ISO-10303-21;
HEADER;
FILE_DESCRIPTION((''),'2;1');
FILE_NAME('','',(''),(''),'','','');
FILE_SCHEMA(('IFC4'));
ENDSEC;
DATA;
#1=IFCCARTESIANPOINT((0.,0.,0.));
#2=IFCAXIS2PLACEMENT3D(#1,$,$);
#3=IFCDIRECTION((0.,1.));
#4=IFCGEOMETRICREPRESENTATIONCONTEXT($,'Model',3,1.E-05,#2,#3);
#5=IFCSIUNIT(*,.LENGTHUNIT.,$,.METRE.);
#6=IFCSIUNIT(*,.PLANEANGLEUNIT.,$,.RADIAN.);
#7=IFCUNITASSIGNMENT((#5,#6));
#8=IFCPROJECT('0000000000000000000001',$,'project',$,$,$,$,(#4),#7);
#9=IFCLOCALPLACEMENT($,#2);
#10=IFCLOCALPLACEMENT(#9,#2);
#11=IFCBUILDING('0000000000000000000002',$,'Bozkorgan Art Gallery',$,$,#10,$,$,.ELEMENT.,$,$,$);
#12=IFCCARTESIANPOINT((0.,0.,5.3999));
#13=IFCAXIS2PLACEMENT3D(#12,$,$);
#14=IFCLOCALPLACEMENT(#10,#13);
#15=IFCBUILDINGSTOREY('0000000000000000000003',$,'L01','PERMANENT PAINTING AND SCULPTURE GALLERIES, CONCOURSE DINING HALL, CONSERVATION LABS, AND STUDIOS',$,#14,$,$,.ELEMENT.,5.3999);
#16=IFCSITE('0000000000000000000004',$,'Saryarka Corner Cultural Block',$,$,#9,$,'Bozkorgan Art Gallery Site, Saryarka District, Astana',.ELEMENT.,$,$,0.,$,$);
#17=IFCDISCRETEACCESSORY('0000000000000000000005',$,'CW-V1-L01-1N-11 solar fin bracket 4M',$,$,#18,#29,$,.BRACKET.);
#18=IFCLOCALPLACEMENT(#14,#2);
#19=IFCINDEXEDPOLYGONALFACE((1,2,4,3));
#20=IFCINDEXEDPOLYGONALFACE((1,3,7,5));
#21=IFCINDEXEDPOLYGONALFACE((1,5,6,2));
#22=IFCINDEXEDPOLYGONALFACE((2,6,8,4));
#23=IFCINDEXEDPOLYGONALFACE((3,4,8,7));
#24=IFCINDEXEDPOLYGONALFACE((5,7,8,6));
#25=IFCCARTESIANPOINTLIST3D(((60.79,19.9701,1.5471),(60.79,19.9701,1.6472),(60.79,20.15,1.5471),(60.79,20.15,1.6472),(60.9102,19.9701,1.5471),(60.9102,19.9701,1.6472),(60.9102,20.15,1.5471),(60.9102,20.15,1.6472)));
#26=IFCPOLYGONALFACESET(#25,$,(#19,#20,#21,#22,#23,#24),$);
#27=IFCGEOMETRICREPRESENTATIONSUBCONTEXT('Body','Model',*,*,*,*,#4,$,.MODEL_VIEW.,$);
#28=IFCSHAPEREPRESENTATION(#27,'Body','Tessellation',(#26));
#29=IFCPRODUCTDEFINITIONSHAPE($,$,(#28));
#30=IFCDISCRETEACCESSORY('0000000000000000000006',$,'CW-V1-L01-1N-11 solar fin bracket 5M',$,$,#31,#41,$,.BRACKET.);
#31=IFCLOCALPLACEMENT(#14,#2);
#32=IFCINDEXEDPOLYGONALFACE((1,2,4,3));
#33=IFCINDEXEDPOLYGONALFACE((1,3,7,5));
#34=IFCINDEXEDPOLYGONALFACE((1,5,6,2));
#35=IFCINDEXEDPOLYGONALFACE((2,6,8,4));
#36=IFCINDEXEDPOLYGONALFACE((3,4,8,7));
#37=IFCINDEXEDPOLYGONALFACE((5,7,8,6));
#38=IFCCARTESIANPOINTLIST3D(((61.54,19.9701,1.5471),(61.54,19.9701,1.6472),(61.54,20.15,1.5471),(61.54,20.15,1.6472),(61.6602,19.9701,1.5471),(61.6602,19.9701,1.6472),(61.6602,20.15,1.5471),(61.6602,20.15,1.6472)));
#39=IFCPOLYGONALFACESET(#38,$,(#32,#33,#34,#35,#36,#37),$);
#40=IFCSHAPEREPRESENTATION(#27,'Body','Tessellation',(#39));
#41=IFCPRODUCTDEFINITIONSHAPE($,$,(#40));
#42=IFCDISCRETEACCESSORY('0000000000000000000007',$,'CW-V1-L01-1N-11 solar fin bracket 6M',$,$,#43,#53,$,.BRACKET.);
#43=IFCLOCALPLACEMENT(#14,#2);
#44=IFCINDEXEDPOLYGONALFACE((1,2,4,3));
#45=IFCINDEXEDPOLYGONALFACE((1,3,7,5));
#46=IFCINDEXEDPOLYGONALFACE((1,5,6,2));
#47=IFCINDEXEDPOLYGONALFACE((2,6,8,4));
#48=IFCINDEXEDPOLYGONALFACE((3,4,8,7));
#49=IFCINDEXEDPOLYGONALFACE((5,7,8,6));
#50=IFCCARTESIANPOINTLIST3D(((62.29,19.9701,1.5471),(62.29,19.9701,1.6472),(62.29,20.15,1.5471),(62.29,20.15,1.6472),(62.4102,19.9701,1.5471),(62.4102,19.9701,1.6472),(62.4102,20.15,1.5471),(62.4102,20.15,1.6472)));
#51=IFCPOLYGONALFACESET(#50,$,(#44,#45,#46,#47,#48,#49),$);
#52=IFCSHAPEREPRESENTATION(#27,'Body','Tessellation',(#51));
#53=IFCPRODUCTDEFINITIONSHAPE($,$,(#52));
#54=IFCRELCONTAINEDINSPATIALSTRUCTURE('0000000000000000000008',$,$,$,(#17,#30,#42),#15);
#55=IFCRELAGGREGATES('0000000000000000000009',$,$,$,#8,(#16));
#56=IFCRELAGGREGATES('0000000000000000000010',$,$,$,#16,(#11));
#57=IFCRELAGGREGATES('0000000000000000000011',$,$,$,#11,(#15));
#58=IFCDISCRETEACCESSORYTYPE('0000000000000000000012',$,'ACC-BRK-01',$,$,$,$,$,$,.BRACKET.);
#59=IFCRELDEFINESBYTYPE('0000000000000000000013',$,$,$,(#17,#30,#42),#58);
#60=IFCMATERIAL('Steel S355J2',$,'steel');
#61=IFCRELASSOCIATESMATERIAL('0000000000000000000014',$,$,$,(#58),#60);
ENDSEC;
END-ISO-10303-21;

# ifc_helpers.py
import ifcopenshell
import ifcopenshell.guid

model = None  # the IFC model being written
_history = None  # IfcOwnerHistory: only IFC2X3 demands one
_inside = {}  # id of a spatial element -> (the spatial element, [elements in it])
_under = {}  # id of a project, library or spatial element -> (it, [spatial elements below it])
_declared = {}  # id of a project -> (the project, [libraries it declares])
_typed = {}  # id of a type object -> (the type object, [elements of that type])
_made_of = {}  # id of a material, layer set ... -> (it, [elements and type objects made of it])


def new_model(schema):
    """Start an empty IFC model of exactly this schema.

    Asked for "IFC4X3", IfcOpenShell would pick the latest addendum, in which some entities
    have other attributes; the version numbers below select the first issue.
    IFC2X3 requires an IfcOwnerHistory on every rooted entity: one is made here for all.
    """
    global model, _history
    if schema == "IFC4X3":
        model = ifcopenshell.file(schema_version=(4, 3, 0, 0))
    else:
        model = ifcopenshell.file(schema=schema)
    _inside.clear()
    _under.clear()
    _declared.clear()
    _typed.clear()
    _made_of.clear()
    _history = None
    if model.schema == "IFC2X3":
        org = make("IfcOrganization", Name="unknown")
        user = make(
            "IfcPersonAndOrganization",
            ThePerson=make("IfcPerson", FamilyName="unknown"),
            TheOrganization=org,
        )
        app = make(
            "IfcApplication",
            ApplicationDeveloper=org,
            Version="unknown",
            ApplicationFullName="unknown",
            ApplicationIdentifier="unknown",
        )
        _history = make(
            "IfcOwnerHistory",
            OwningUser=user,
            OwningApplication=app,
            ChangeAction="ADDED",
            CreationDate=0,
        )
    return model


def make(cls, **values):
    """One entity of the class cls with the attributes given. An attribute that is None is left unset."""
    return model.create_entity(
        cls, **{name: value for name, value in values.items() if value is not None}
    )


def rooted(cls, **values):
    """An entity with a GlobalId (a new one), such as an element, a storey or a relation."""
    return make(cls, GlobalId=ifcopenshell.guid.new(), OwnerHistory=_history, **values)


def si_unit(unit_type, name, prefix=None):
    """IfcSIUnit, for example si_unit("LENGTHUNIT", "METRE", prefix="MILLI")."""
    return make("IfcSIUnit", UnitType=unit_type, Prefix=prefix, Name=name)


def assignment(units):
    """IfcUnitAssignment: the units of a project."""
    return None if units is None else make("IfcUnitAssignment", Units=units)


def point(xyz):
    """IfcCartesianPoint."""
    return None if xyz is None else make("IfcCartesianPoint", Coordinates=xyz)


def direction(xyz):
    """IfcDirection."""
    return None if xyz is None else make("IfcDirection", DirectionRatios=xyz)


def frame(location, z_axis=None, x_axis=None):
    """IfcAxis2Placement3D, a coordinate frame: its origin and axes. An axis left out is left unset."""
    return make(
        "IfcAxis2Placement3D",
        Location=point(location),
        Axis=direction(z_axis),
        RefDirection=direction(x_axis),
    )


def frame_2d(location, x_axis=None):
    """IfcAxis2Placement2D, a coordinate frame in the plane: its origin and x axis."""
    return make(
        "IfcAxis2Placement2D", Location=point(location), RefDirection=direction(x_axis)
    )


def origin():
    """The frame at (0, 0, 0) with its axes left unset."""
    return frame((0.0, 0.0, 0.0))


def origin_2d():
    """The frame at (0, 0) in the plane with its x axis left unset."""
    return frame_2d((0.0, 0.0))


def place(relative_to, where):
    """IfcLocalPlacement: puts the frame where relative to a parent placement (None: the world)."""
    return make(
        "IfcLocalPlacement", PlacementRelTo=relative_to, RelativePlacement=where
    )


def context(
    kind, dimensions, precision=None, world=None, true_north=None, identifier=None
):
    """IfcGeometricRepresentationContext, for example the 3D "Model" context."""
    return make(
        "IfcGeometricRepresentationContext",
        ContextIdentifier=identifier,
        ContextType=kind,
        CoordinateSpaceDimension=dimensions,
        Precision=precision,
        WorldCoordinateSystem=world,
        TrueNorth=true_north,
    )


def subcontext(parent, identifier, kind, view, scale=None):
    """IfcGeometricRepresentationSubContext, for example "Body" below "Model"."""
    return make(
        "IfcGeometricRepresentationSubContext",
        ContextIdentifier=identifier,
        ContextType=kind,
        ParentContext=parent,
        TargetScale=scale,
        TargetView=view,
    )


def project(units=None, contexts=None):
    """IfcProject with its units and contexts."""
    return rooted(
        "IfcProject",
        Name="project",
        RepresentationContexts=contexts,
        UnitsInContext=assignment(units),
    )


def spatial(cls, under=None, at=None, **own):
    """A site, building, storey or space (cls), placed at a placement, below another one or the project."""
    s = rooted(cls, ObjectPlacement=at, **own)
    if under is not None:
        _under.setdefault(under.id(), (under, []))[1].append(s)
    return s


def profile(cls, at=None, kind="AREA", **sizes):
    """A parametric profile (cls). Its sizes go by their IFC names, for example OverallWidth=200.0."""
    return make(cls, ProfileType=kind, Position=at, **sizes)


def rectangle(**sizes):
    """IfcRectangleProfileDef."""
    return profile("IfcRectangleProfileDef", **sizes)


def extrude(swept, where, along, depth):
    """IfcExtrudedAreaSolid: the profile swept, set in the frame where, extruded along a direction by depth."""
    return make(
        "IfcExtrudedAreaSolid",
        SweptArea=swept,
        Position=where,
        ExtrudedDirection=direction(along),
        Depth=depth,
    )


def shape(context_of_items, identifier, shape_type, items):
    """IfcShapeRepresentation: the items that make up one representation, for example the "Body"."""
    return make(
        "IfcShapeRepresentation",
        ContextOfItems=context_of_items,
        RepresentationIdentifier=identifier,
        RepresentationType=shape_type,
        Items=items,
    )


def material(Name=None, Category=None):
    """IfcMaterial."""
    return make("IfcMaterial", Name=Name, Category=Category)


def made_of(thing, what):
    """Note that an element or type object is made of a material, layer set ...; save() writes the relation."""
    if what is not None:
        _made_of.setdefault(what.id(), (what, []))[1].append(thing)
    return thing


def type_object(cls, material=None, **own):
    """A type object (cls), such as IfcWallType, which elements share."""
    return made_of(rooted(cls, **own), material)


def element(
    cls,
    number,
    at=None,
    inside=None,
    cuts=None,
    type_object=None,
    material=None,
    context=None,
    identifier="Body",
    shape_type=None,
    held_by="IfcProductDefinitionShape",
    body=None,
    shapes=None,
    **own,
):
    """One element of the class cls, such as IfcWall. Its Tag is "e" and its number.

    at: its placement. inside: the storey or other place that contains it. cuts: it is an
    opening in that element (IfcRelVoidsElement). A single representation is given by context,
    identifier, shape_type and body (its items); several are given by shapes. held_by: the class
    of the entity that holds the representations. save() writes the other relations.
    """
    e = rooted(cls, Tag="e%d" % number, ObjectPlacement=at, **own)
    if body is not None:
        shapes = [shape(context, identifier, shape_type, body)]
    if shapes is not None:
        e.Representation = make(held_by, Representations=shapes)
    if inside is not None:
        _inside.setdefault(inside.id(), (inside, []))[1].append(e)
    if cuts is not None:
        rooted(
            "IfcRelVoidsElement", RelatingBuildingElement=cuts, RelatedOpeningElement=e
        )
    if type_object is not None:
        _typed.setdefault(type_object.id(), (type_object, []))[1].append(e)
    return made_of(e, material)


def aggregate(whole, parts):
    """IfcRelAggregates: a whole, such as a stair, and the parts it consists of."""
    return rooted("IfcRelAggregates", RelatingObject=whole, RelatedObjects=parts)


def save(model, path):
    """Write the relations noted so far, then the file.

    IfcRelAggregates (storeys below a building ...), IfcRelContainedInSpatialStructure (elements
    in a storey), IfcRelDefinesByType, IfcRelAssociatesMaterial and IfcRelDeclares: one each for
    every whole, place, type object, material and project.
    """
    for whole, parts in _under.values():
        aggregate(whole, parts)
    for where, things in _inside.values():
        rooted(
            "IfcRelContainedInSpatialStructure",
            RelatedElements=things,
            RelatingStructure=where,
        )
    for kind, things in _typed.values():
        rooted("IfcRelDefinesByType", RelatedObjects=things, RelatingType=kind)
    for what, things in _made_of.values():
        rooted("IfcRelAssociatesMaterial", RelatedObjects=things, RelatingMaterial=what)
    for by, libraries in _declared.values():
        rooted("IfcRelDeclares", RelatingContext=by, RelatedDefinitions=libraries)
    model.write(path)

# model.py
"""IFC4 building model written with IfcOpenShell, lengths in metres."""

from ifc_helpers import new_model, si_unit, direction, frame, origin, origin_2d, place, context, subcontext, project, spatial, rectangle, extrude, material, type_object, element, save


model = new_model("IFC4")

# Units and contexts
model_context = context("Model", 3, precision=1e-05, world=origin(), true_north=direction((0.0, 1.0)))
body_context = subcontext(model_context, "Body", "Model", "MODEL_VIEW")
ifc_project = project(units=[si_unit("LENGTHUNIT", "METRE"), si_unit("PLANEANGLEUNIT", "RADIAN")], contexts=[model_context])

# Site, building, storey
site_placement = place(None, origin())
site = spatial("IfcSite", under=ifc_project, at=site_placement, Name="Saryarka Corner Cultural Block", LongName="Bozkorgan Art Gallery Site, Saryarka District, Astana", CompositionType="ELEMENT", RefElevation=0.0)
building_placement = place(site_placement, origin())
building = spatial("IfcBuilding", under=site, at=building_placement, Name="Bozkorgan Art Gallery", CompositionType="ELEMENT")
storey_placement = place(building_placement, frame((0.0, 0.0, 5.3999)))
storey = spatial("IfcBuildingStorey", under=building, at=storey_placement, Name="L01", Description="PERMANENT PAINTING AND SCULPTURE GALLERIES, CONCOURSE DINING HALL, CONSERVATION LABS, AND STUDIOS", CompositionType="ELEMENT", Elevation=5.3999)

# Shared definitions
ifc_material_1 = material(Name="Steel S355J2", Category="steel")

# Discrete accessories
discrete_accessory_type = type_object("IfcDiscreteAccessoryType", Name="ACC-BRK-01", PredefinedType="BRACKET", material=ifc_material_1)
for number, where, z_axis, x_axis, name in (
    (1, (60.8501, 20.0601, 1.5471), (0.0, 0.0, 1.0), (0.0, 1.0, 0.0), "CW-V1-L01-1N-11 solar fin bracket 4M"),
    (2, (61.6001, 20.0601, 1.5471), (0.0, 0.0, 1.0), (0.0, 1.0, 0.0), "CW-V1-L01-1N-11 solar fin bracket 5M"),
    (3, (62.3501, 20.0601, 1.5471), (0.0, 0.0, 1.0), (0.0, 1.0, 0.0), "CW-V1-L01-1N-11 solar fin bracket 6M"),
):
    element("IfcDiscreteAccessory", number, at=place(storey_placement, frame(where, z_axis=z_axis, x_axis=x_axis)), inside=storey, type_object=discrete_accessory_type, Name=name, PredefinedType="BRACKET", context=body_context, shape_type="SweptSolid", body=[
        extrude(rectangle(XDim=0.1799, YDim=0.1201, at=origin_2d()), origin(), (0.0, 0.0, 1.0), 0.1001),
    ])

save(model, "model.ifc")
